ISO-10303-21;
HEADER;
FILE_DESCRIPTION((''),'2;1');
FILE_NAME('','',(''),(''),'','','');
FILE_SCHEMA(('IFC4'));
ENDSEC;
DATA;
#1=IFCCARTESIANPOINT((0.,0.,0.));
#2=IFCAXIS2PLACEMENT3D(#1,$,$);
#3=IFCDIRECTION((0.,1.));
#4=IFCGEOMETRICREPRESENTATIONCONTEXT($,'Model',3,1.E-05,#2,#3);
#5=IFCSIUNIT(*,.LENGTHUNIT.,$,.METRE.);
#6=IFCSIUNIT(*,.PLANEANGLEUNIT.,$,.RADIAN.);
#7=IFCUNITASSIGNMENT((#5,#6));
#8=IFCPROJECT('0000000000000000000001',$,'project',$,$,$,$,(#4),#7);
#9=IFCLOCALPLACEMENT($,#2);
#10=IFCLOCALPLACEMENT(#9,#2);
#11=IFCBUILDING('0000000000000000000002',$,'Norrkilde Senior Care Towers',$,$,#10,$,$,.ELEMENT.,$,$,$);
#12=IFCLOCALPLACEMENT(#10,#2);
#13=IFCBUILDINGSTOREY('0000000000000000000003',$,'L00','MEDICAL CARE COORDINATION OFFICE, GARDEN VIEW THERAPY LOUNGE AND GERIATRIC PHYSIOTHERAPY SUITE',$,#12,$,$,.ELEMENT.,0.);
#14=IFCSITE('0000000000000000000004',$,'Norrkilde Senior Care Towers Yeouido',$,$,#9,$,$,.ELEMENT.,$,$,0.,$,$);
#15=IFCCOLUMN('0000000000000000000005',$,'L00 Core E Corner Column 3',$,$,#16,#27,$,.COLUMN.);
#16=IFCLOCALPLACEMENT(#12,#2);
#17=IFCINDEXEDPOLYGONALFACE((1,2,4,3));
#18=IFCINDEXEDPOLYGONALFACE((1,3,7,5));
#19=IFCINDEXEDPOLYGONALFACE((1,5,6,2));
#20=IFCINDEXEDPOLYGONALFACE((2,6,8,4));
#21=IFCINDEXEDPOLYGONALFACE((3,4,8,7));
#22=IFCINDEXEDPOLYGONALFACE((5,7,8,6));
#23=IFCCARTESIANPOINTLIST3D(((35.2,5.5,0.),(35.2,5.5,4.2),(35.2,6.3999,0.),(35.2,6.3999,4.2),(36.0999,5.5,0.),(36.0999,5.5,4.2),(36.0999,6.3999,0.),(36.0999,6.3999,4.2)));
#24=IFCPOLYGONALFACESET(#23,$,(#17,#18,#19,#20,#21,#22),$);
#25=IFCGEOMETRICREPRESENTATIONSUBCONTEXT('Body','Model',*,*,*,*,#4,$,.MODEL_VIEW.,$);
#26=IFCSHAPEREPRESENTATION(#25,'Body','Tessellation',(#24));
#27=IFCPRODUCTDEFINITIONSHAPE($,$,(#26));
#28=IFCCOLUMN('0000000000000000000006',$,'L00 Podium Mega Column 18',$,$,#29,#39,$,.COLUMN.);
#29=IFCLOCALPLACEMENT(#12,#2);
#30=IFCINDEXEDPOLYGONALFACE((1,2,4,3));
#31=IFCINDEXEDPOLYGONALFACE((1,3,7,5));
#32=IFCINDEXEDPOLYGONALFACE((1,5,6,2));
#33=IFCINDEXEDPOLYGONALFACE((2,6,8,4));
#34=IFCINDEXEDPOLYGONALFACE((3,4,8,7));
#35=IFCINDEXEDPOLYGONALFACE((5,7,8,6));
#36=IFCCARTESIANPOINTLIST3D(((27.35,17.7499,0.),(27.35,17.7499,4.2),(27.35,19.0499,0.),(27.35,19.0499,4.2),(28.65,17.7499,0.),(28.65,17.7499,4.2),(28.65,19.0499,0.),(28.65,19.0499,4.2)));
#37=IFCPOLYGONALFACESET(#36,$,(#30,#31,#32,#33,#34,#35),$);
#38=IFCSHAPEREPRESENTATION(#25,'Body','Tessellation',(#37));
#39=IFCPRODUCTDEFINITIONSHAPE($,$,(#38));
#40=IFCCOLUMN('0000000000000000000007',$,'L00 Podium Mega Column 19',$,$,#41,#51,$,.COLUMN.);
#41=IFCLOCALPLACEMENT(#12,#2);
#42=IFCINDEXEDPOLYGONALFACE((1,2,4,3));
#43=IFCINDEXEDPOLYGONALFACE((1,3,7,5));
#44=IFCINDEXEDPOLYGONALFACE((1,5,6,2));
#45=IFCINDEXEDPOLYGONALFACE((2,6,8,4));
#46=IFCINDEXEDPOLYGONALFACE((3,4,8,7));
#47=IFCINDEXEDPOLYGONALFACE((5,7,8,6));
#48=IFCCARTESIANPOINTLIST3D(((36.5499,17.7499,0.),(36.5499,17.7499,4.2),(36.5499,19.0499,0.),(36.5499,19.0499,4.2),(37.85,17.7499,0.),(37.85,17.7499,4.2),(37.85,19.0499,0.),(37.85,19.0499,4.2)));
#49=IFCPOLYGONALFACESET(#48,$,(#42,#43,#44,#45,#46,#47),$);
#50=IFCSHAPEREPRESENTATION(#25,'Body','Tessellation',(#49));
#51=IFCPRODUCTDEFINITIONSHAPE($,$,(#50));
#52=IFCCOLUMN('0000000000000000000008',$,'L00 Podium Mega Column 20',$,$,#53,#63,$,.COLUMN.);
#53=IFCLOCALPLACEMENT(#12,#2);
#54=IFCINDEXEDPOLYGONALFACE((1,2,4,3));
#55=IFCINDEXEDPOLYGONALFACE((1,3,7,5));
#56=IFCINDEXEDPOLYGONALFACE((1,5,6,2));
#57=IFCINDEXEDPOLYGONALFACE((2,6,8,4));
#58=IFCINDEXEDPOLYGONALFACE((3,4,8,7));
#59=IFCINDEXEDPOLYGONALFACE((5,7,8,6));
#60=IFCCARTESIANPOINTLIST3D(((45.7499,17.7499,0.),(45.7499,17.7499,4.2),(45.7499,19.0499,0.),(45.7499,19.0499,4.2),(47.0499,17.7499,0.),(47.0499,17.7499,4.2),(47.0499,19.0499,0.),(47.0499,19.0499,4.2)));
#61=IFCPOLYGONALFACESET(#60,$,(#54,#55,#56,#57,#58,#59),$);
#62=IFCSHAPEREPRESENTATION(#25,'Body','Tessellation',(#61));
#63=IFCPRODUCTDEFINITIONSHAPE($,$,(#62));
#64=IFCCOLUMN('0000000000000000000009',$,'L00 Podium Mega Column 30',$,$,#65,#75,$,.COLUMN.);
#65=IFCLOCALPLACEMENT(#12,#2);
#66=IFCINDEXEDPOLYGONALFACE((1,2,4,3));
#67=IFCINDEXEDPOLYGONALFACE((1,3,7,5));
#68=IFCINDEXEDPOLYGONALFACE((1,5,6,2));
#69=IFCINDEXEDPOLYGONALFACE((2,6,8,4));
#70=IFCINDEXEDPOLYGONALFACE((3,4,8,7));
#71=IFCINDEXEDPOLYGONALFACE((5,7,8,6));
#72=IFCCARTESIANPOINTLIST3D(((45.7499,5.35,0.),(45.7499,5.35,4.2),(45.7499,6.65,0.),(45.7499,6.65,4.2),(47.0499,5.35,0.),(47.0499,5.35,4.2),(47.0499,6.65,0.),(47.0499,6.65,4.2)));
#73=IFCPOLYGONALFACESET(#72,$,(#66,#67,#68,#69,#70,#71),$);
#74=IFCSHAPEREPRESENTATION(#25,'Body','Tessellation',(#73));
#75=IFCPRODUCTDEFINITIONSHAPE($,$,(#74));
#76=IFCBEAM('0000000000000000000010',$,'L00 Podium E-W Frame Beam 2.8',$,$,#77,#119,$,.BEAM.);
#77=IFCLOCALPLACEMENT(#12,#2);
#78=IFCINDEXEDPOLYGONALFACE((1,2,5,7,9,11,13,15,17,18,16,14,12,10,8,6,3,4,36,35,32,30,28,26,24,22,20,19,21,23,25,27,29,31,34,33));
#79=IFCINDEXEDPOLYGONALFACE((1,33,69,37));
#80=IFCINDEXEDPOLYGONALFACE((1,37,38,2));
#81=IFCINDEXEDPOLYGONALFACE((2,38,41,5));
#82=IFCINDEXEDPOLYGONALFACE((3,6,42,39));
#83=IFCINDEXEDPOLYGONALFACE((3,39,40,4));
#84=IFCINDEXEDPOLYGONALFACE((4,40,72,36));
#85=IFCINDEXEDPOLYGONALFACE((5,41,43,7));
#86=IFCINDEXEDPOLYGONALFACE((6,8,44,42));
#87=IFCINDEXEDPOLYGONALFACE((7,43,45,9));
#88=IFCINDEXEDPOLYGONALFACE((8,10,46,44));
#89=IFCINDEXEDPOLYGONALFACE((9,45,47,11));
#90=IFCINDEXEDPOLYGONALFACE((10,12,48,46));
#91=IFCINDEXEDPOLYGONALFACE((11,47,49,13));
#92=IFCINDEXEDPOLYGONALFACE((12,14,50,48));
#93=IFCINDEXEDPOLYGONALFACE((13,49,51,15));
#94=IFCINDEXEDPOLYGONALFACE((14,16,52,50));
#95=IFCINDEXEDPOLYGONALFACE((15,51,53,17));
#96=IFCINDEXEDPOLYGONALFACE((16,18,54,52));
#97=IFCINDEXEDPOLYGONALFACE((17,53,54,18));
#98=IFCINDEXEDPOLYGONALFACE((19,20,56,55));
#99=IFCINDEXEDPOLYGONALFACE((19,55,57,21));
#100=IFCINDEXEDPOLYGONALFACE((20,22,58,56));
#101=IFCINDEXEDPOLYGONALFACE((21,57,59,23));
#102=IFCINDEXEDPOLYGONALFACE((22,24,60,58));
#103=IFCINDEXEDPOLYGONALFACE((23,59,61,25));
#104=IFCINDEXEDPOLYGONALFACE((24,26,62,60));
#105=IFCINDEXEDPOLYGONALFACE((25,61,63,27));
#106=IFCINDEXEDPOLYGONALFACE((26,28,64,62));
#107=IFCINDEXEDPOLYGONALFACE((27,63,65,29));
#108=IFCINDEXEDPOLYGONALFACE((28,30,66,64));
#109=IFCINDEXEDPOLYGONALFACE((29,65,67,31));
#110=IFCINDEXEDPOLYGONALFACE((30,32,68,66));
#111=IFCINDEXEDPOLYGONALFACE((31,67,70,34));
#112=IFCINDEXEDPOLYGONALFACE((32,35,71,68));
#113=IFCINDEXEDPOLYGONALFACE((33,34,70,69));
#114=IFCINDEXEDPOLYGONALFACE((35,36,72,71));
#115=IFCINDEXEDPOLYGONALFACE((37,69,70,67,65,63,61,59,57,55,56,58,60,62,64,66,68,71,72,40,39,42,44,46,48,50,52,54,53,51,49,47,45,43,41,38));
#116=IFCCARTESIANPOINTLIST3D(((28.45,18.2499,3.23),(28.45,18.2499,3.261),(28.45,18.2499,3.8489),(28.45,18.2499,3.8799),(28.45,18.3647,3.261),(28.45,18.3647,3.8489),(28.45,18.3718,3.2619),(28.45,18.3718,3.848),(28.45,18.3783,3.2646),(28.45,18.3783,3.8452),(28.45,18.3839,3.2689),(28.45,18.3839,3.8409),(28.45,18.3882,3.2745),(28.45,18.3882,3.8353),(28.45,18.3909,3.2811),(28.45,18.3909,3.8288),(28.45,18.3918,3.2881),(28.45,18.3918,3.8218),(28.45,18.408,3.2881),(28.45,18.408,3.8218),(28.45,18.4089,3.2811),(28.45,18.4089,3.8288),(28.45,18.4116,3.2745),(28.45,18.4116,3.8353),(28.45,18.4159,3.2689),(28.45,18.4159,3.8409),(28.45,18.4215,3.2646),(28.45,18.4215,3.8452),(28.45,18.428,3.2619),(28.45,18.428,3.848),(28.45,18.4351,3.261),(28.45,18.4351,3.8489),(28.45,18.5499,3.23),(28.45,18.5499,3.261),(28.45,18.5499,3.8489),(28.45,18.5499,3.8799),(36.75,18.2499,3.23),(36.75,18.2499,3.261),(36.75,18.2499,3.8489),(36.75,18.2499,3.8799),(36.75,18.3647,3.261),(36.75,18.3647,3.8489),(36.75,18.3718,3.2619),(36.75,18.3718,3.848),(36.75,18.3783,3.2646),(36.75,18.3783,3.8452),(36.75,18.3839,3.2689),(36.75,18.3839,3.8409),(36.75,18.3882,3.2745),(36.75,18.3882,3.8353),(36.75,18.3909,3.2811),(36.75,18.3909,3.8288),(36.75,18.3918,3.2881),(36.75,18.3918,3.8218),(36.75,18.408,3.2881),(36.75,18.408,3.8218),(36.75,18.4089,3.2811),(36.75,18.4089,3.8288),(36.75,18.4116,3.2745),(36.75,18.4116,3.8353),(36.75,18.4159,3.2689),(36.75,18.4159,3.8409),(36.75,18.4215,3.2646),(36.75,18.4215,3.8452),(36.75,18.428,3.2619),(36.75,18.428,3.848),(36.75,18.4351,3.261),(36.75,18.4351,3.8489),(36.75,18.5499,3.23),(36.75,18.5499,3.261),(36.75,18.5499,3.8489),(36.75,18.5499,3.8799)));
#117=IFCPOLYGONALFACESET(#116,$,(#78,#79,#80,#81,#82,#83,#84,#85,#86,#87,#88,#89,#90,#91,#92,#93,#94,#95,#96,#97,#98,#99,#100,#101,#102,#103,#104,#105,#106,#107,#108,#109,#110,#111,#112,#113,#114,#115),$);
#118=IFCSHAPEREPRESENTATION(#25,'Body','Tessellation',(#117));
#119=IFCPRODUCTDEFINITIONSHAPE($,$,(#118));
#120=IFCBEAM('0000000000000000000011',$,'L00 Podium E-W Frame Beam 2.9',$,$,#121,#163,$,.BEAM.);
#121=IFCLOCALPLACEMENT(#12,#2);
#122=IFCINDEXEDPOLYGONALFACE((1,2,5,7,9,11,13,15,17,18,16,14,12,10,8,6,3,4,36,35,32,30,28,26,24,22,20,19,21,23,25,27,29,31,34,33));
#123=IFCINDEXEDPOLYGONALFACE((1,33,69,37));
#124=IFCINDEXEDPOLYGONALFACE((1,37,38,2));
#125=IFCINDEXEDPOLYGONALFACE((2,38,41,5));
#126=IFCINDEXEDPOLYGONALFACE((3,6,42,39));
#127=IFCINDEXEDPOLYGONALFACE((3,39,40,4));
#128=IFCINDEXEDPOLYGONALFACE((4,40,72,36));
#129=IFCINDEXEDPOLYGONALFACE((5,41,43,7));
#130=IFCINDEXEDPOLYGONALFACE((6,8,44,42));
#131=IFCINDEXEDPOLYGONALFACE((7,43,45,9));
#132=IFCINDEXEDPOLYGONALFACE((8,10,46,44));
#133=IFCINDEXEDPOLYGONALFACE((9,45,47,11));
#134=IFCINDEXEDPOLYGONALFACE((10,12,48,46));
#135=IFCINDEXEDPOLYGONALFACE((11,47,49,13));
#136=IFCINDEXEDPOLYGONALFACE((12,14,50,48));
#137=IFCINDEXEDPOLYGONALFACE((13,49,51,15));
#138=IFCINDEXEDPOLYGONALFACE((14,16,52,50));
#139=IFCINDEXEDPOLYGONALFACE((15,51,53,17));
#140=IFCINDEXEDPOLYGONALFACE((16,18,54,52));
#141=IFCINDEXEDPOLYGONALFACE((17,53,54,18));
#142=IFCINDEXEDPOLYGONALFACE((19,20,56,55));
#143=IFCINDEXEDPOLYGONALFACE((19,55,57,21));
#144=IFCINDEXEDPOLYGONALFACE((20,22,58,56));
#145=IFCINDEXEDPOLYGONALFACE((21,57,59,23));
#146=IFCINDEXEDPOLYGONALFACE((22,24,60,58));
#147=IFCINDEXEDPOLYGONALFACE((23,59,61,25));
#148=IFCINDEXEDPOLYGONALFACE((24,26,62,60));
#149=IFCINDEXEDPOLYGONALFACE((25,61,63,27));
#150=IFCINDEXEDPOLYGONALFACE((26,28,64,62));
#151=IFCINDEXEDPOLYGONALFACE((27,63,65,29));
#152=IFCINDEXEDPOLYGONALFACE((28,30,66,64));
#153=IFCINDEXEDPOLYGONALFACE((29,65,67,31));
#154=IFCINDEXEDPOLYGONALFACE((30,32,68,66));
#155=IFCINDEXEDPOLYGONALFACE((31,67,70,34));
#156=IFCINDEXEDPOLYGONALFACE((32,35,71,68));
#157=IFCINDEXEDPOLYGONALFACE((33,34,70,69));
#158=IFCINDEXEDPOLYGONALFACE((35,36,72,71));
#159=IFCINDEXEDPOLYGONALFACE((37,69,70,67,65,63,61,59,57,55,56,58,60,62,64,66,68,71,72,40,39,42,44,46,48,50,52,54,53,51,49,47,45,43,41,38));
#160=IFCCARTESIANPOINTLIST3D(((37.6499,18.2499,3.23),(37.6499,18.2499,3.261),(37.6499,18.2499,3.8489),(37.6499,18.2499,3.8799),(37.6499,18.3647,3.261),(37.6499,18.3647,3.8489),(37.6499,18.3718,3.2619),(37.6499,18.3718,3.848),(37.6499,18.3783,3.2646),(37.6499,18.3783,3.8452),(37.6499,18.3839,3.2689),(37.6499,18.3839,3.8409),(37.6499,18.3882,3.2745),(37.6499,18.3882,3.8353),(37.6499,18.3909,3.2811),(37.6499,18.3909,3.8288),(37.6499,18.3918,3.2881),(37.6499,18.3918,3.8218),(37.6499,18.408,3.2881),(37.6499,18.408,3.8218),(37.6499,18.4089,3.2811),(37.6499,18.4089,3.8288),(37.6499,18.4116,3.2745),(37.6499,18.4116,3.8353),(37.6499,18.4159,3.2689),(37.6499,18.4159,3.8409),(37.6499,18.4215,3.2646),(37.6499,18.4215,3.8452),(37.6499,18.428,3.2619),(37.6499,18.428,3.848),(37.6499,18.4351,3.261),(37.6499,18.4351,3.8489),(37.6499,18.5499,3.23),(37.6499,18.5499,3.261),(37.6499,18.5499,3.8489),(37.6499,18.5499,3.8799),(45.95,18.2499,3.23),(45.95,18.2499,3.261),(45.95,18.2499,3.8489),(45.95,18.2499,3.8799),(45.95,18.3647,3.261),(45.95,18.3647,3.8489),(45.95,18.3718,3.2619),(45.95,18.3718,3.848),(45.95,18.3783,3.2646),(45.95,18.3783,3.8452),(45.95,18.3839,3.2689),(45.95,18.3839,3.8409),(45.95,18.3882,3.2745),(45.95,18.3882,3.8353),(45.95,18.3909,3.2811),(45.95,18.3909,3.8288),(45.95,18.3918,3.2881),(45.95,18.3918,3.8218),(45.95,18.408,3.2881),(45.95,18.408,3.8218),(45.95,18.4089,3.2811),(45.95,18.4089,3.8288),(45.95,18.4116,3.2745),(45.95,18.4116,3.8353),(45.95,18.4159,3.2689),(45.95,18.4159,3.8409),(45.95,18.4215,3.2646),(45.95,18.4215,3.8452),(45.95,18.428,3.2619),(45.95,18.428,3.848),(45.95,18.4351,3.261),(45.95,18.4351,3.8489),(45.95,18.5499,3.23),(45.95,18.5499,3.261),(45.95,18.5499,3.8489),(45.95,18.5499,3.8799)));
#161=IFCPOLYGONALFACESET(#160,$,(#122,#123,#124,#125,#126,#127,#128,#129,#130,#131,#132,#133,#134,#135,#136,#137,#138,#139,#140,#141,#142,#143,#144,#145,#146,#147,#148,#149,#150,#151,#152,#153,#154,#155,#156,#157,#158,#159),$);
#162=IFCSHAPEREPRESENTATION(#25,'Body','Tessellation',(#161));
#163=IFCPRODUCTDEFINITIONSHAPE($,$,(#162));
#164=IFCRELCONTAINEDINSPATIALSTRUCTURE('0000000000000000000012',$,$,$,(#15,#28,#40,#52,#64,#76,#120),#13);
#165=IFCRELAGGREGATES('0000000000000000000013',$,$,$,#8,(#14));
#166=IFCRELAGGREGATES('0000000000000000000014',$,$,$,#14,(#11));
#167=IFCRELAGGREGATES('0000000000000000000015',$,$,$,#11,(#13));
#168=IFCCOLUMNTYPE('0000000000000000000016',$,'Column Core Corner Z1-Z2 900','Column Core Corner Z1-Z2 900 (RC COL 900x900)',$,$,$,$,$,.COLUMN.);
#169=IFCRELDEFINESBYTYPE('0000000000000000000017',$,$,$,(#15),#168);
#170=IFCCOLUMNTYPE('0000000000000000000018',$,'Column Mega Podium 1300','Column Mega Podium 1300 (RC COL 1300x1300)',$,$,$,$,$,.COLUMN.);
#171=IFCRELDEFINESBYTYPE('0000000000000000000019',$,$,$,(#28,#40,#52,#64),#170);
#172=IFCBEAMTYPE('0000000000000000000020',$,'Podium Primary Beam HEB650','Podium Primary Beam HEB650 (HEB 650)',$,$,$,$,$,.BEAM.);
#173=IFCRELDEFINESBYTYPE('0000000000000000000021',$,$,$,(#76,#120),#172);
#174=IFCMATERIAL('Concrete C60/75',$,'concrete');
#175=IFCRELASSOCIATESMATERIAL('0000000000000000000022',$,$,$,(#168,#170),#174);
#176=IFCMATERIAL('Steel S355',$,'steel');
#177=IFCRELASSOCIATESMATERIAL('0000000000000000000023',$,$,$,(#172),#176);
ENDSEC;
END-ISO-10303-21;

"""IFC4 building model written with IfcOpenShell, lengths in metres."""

from ifc_helpers import new_model, si_unit, direction, frame, origin, origin_2d, place, context, subcontext, project, spatial, rectangle, i_section, extrude, source, transform, mapped, material, material_profile, profile_set, type_object, type_shapes, element, save


model = new_model("IFC4")

# Units and contexts
model_context = context("Model", 3, precision=1e-05, world=origin(), true_north=direction((0.0, 1.0)))
body_context = subcontext(model_context, "Body", "Model", "MODEL_VIEW")
ifc_project = project(units=[si_unit("LENGTHUNIT", "METRE"), si_unit("PLANEANGLEUNIT", "RADIAN")], contexts=[model_context])

# Site, building, storey
site_placement = place(None, origin())
site = spatial("IfcSite", under=ifc_project, at=site_placement, Name="Norrkilde Senior Care Towers Yeouido", CompositionType="ELEMENT", RefElevation=0.0)
building_placement = place(site_placement, origin())
building = spatial("IfcBuilding", under=site, at=building_placement, Name="Norrkilde Senior Care Towers", CompositionType="ELEMENT")
storey_placement = place(building_placement, origin())
storey = spatial("IfcBuildingStorey", under=building, at=storey_placement, Name="L00", Description="MEDICAL CARE COORDINATION OFFICE, GARDEN VIEW THERAPY LOUNGE AND GERIATRIC PHYSIOTHERAPY SUITE", CompositionType="ELEMENT", Elevation=0.0)

# Columns
ifc_material_1 = material(Name="Concrete C60/75", Category="concrete")
ifc_material_profile_1 = material_profile(ifc_material_1, rectangle(XDim=0.8999, YDim=0.8999, at=origin_2d()), Name="RC COL 900x900")
ifc_profile_set_1 = profile_set([ifc_material_profile_1], Name="Concrete C60/75")
column_type_1 = type_object("IfcColumnType", Name="Column Core Corner Z1-Z2 900", Description="Column Core Corner Z1-Z2 900 (RC COL 900x900)", PredefinedType="COLUMN", material=ifc_profile_set_1)
shared_shape_1 = source(origin(), body_context, "Body", "SweptSolid", [
    extrude(rectangle(XDim=0.8999, YDim=0.8999, at=origin_2d()), origin(), (0.0, 0.0, 1.0), 4.2),
])
type_shapes(column_type_1, [shared_shape_1])
column_placement = place(storey_placement, frame((35.6499, 5.95, 0.0), z_axis=(0.0, 0.0, 1.0), x_axis=(1.0, 0.0, 0.0)))
element("IfcColumn", 1, at=column_placement, inside=storey, type_object=column_type_1, Name="L00 Core E Corner Column 3", PredefinedType="COLUMN", context=body_context, shape_type="MappedRepresentation", body=[
    mapped(shared_shape_1, transform((0.0, 0.0, 0.0), x_axis=(1.0, 0.0, 0.0), y_axis=(0.0, 1.0, 0.0), z_axis=(0.0, 0.0, 1.0), scale=1.0)),
])
ifc_material_profile_2 = material_profile(ifc_material_1, rectangle(XDim=1.3, YDim=1.3, at=origin_2d()), Name="RC COL 1300x1300")
ifc_profile_set_2 = profile_set([ifc_material_profile_2], Name="Concrete C60/75")
column_type_2 = type_object("IfcColumnType", Name="Column Mega Podium 1300", Description="Column Mega Podium 1300 (RC COL 1300x1300)", PredefinedType="COLUMN", material=ifc_profile_set_2)
shared_shape_2 = source(origin(), body_context, "Body", "SweptSolid", [
    extrude(rectangle(XDim=1.3, YDim=1.3, at=origin_2d()), origin(), (0.0, 0.0, 1.0), 4.2),
])
type_shapes(column_type_2, [shared_shape_2])
for number, where, z_axis, x_axis, name in (
    (2, (28.0, 18.3999, 0.0), (0.0, 0.0, 1.0), (1.0, 0.0, 0.0), "L00 Podium Mega Column 18"),
    (3, (37.2, 18.3999, 0.0), (0.0, 0.0, 1.0), (1.0, 0.0, 0.0), "L00 Podium Mega Column 19"),
    (4, (46.3999, 18.3999, 0.0), (0.0, 0.0, 1.0), (1.0, 0.0, 0.0), "L00 Podium Mega Column 20"),
    (5, (46.3999, 6.0, 0.0), (0.0, 0.0, 1.0), (1.0, 0.0, 0.0), "L00 Podium Mega Column 30"),
):
    element("IfcColumn", number, at=place(storey_placement, frame(where, z_axis=z_axis, x_axis=x_axis)), inside=storey, type_object=column_type_2, Name=name, PredefinedType="COLUMN", context=body_context, shape_type="MappedRepresentation", body=[
        mapped(shared_shape_2, transform((0.0, 0.0, 0.0), x_axis=(1.0, 0.0, 0.0), y_axis=(0.0, 1.0, 0.0), z_axis=(0.0, 0.0, 1.0), scale=1.0)),
    ])

# Beams
ifc_material_2 = material(Name="Steel S355", Category="steel")
ifc_material_profile_3 = material_profile(ifc_material_2, i_section(OverallWidth=0.3, OverallDepth=0.6499, WebThickness=0.0161, FlangeThickness=0.031, FilletRadius=0.0271, at=origin_2d()), Name="HEB 650")
ifc_profile_set_3 = profile_set([ifc_material_profile_3], Name="Steel S355")
beam_type = type_object("IfcBeamType", Name="Podium Primary Beam HEB650", Description="Podium Primary Beam HEB650 (HEB 650)", PredefinedType="BEAM", material=ifc_profile_set_3)
shared_shape_3 = source(origin(), body_context, "Body", "SweptSolid", [
    extrude(i_section(OverallWidth=0.3, OverallDepth=0.6499, WebThickness=0.0161, FlangeThickness=0.031, FilletRadius=0.0271, at=origin_2d()), origin(), (0.0, 0.0, 1.0), 8.3),
])
for number, where, z_axis, x_axis, name in (
    (6, (28.45, 18.3999, 3.5549), (1.0, 0.0, 0.0), (0.0, 1.0, 0.0), "L00 Podium E-W Frame Beam 2.8"),
    (7, (37.6499, 18.3999, 3.5549), (1.0, 0.0, 0.0), (0.0, 1.0, 0.0), "L00 Podium E-W Frame Beam 2.9"),
):
    element("IfcBeam", number, at=place(storey_placement, frame(where, z_axis=z_axis, x_axis=x_axis)), inside=storey, type_object=beam_type, Name=name, PredefinedType="BEAM", context=body_context, shape_type="MappedRepresentation", body=[
        mapped(shared_shape_3, transform((0.0, 0.0, 0.0), x_axis=(1.0, 0.0, 0.0), y_axis=(0.0, 1.0, 0.0), z_axis=(0.0, 0.0, 1.0), scale=1.0)),
    ])

save(model, "model.ifc")
